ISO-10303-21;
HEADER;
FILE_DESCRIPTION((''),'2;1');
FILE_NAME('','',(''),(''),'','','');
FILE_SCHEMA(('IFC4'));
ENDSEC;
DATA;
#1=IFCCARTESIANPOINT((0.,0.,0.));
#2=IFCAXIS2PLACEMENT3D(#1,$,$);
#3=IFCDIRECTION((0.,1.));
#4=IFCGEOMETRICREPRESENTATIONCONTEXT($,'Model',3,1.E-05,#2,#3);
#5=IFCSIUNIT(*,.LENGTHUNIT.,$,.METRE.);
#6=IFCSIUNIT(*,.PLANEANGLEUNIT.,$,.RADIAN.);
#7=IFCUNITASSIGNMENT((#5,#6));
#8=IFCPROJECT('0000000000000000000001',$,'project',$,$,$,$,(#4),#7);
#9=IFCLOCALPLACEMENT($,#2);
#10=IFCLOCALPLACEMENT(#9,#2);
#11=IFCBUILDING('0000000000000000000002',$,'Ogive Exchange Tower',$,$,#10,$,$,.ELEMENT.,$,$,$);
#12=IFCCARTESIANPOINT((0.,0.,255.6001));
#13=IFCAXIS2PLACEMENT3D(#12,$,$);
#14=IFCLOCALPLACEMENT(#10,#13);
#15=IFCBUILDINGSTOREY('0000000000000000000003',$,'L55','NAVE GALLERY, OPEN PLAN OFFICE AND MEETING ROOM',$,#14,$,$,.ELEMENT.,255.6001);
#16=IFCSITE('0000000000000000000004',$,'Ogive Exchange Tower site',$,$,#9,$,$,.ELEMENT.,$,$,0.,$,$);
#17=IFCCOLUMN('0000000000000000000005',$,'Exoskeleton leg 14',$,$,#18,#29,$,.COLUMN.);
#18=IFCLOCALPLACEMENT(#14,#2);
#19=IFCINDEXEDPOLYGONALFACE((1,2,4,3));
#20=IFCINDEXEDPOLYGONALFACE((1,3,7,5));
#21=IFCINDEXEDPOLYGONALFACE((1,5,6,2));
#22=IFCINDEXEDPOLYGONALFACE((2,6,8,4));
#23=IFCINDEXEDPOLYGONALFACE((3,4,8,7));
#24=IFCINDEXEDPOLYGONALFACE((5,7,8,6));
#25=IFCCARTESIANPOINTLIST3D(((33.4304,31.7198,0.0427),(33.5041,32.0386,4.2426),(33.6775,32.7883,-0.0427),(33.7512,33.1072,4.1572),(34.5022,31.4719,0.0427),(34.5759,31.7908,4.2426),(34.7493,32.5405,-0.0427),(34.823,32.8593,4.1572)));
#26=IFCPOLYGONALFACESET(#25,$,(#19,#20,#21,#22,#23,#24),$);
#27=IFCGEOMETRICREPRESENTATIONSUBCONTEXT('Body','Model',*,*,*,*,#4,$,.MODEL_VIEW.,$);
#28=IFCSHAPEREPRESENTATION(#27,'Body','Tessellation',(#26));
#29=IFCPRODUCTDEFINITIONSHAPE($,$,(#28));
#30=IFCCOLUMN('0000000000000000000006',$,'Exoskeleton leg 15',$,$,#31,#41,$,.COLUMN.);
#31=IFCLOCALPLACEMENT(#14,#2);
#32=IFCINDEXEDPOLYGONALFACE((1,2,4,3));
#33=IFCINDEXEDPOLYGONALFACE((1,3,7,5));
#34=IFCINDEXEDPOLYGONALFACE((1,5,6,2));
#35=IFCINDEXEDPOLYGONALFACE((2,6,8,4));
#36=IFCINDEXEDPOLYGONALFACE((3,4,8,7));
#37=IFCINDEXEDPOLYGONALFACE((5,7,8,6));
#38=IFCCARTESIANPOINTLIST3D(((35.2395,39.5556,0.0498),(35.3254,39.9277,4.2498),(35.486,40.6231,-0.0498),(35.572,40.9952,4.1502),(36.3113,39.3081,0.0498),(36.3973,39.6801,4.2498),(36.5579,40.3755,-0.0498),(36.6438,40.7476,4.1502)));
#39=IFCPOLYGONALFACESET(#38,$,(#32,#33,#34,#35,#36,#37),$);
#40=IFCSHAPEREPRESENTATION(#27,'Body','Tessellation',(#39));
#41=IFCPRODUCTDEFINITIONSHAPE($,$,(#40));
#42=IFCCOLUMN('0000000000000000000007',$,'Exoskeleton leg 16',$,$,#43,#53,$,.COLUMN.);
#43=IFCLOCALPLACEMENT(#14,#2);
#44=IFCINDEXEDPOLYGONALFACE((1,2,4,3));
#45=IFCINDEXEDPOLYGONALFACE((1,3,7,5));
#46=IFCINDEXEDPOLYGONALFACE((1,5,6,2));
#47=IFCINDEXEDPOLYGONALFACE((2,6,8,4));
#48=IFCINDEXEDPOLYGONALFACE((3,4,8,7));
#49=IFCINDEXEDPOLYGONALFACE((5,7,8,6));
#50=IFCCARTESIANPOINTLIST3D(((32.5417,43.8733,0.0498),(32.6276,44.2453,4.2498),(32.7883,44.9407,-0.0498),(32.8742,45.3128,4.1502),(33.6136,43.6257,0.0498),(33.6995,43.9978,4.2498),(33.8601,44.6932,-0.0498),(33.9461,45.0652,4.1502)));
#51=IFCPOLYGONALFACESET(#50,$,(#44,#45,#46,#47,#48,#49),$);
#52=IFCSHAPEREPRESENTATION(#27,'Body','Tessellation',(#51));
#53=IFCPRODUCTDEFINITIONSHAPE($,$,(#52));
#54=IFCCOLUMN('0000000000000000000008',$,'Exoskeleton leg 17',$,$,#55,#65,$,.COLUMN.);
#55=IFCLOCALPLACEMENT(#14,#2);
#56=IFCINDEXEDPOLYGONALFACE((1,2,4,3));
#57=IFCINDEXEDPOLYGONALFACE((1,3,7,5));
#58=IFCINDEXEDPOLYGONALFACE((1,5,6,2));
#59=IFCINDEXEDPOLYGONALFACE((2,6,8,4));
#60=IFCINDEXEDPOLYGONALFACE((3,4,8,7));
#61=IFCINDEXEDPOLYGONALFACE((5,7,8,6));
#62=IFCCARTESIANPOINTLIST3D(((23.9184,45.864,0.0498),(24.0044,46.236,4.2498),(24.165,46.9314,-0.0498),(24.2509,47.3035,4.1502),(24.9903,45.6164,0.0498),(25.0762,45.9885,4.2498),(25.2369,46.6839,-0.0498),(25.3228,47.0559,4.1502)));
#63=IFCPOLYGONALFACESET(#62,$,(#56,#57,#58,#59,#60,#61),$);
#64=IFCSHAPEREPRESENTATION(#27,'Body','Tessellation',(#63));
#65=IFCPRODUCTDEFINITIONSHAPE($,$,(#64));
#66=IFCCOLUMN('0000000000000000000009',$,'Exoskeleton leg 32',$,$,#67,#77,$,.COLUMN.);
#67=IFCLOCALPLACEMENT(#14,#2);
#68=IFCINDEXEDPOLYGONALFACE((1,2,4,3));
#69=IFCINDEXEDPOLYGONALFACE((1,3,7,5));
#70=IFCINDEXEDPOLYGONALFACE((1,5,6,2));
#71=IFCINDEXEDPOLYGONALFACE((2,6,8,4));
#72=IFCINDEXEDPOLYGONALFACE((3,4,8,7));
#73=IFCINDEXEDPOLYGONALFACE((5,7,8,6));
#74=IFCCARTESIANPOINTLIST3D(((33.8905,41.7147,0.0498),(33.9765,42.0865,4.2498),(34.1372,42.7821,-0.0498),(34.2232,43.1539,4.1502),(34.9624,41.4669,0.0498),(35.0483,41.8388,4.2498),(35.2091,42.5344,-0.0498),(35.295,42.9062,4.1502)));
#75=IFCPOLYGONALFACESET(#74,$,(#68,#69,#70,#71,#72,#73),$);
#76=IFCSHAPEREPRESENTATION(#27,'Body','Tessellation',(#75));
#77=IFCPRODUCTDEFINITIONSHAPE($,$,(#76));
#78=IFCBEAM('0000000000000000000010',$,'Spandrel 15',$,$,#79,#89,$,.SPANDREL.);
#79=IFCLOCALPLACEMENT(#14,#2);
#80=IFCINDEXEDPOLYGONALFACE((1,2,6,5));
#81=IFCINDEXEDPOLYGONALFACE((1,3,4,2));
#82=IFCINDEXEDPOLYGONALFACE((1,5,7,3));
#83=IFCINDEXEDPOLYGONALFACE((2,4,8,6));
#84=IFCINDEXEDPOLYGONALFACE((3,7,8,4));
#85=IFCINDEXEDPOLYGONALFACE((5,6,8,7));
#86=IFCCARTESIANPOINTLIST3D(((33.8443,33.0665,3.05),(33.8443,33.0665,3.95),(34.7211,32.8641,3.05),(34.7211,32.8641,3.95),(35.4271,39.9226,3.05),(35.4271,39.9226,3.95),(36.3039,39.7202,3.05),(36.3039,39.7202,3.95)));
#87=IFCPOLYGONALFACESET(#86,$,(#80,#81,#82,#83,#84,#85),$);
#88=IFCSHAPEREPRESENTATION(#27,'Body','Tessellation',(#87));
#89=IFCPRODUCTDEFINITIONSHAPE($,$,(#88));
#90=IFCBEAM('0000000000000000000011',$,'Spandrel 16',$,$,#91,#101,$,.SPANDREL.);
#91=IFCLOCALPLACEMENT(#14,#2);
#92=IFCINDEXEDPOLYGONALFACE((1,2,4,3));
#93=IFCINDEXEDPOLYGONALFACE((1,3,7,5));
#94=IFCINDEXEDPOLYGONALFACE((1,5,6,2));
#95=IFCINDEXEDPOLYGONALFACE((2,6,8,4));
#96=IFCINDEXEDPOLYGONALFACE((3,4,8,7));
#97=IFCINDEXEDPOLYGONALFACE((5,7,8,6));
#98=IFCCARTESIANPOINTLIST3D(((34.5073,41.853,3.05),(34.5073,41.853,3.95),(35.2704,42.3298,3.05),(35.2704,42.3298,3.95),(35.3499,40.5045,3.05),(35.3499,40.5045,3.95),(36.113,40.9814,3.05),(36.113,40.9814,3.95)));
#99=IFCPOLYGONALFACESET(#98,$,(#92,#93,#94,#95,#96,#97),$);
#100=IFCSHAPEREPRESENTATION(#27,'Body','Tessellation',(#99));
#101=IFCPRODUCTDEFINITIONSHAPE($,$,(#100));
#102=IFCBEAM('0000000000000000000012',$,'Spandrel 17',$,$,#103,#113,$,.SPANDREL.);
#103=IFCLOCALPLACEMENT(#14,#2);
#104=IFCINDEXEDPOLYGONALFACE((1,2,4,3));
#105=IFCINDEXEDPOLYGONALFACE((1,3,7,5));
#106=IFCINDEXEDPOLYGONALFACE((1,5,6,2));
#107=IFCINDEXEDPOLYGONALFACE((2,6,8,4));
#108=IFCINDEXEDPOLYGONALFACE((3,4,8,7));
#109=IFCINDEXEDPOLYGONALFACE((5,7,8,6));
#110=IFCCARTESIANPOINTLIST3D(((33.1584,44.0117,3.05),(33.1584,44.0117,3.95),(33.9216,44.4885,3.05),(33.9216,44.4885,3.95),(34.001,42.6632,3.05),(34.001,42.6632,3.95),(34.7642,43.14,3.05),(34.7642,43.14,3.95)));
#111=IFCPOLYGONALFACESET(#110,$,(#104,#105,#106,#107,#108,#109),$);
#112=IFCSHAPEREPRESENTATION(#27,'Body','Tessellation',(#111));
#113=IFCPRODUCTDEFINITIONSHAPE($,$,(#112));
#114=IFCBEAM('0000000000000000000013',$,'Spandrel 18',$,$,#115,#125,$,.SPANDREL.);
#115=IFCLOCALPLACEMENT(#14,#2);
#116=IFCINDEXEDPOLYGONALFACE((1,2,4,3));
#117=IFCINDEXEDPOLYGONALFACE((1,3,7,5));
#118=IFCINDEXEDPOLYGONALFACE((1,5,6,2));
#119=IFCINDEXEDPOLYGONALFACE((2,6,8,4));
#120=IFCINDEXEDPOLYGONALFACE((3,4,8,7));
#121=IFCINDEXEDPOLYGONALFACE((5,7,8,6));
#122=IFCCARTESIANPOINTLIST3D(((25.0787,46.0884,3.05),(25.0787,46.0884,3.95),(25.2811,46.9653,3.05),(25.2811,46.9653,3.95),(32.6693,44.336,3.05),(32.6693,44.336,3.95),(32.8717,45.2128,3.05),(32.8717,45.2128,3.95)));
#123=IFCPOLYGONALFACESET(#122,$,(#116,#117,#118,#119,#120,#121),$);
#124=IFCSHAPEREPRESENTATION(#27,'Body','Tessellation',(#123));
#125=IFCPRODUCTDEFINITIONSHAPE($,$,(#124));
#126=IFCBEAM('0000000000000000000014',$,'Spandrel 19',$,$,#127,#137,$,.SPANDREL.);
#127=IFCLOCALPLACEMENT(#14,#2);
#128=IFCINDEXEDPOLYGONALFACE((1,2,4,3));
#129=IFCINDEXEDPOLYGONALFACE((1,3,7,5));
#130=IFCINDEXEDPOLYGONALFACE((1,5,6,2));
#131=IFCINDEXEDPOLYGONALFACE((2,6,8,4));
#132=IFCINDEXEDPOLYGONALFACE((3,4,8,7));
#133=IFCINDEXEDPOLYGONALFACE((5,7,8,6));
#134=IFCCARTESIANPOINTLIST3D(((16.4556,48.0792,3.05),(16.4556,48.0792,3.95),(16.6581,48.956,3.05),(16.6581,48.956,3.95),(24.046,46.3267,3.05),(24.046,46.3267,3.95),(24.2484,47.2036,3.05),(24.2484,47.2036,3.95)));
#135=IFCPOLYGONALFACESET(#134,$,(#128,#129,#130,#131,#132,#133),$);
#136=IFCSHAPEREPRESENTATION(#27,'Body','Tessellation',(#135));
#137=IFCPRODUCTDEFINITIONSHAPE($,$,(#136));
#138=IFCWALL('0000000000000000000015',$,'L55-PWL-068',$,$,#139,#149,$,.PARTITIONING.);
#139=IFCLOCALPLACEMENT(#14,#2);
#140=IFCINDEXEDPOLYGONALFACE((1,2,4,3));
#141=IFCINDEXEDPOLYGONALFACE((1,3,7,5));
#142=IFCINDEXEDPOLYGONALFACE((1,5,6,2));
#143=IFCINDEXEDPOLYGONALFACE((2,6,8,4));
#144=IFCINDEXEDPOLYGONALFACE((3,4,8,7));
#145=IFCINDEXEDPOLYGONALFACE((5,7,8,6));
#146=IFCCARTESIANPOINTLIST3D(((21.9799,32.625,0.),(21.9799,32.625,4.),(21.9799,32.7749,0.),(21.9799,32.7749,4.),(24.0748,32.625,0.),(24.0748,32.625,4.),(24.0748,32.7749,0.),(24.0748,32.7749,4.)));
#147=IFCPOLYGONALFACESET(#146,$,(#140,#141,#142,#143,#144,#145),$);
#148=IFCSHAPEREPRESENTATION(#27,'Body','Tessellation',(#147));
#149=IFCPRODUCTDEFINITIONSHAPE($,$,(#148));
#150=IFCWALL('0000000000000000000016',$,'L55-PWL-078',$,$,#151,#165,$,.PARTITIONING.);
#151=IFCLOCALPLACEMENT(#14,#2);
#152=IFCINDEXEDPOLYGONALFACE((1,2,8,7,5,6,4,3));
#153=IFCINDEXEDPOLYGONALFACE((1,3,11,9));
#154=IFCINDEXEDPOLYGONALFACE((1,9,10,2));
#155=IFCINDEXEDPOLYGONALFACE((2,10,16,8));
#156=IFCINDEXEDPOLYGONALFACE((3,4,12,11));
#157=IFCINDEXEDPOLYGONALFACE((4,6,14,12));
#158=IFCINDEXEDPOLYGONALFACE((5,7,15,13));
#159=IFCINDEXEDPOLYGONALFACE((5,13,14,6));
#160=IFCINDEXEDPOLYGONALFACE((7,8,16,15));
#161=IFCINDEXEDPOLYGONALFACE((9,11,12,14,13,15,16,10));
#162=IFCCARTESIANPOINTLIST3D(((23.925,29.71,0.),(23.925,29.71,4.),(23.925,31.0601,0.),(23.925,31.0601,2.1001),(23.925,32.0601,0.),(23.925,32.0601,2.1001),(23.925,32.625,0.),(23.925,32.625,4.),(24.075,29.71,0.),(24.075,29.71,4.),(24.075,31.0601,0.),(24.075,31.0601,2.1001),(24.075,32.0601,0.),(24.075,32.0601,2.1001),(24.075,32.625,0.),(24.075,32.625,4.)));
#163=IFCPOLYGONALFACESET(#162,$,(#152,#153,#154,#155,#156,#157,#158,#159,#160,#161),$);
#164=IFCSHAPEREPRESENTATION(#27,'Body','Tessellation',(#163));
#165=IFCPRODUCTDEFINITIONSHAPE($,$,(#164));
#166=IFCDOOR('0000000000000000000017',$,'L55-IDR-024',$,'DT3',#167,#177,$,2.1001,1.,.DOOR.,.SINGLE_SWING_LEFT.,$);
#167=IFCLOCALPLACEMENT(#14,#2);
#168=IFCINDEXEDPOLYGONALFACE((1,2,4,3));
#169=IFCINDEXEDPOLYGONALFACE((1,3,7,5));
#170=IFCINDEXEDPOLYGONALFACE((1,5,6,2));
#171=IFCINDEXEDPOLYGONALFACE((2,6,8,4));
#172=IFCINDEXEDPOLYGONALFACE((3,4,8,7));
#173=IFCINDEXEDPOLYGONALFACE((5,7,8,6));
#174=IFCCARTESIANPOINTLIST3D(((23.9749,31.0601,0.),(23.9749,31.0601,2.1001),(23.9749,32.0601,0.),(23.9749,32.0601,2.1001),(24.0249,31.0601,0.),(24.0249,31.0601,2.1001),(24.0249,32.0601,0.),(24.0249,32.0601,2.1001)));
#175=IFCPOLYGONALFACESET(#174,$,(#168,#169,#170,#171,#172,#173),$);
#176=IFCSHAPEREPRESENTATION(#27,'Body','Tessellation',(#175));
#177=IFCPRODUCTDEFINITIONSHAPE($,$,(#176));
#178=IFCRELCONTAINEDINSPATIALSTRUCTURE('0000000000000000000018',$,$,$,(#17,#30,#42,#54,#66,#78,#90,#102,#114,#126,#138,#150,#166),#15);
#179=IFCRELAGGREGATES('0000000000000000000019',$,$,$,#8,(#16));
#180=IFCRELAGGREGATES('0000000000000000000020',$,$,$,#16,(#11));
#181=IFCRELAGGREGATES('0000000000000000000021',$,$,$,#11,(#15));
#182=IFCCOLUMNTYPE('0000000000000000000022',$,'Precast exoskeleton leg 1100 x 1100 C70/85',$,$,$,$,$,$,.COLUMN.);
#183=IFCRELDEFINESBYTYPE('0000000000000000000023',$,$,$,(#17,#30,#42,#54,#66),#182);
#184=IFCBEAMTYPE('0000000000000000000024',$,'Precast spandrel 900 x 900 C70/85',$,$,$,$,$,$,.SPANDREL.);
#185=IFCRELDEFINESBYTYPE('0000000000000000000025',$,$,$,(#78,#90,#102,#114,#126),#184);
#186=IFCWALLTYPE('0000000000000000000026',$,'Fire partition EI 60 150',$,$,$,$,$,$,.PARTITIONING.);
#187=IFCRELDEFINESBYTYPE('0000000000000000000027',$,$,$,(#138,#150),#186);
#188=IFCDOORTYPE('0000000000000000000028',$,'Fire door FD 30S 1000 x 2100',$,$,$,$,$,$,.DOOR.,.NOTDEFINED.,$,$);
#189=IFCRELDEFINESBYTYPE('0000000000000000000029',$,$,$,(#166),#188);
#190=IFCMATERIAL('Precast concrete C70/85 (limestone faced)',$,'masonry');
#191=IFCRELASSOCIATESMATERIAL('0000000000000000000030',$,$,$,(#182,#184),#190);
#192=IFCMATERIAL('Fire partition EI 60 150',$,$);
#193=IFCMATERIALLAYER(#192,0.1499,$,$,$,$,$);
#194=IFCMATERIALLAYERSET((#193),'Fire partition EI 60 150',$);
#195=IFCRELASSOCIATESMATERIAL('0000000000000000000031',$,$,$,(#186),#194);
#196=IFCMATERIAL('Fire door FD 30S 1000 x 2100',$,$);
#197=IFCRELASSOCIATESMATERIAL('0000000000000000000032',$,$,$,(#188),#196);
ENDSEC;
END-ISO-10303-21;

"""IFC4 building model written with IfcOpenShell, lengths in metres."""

from ifc_helpers import new_model, si_unit, direction, frame, frame_2d, origin, origin_2d, place, context, subcontext, project, spatial, rectangle, extrude, material, layer, layer_set, material_profile, profile_set, type_object, element, fill, save


model = new_model("IFC4")

# Units and contexts
model_context = context("Model", 3, precision=1e-05, world=origin(), true_north=direction((0.0, 1.0)))
body_context = subcontext(model_context, "Body", "Model", "MODEL_VIEW")
ifc_project = project(units=[si_unit("LENGTHUNIT", "METRE"), si_unit("PLANEANGLEUNIT", "RADIAN")], contexts=[model_context])

# Site, building, storey
site_placement = place(None, origin())
site = spatial("IfcSite", under=ifc_project, at=site_placement, Name="Ogive Exchange Tower site", CompositionType="ELEMENT", RefElevation=0.0)
building_placement = place(site_placement, origin())
building = spatial("IfcBuilding", under=site, at=building_placement, Name="Ogive Exchange Tower", CompositionType="ELEMENT")
storey_placement = place(building_placement, frame((0.0, 0.0, 255.6001)))
storey = spatial("IfcBuildingStorey", under=building, at=storey_placement, Name="L55", Description="NAVE GALLERY, OPEN PLAN OFFICE AND MEETING ROOM", CompositionType="ELEMENT", Elevation=255.6001)

# Columns
ifc_material_1 = material(Name="Precast concrete C70/85 (limestone faced)", Category="masonry")
ifc_material_profile_1 = material_profile(ifc_material_1, rectangle(XDim=1.1001, YDim=1.1001, at=origin_2d()), Name="1100 x 1100")
ifc_profile_set_1 = profile_set([ifc_material_profile_1], Name="Precast concrete C70/85 (limestone faced)")
column_type = type_object("IfcColumnType", Name="Precast exoskeleton leg 1100 x 1100 C70/85", PredefinedType="COLUMN", material=ifc_profile_set_1)
column_placement = place(storey_placement, frame((34.0898, 32.1301, 0.0), z_axis=(0.017502, 0.075688, 0.996978), x_axis=(-0.974291, 0.225295, 0.0)))
element("IfcColumn", 1, at=column_placement, inside=storey, type_object=column_type, Name="Exoskeleton leg 14", PredefinedType="COLUMN", context=body_context, shape_type="SweptSolid", body=[
    extrude(rectangle(XDim=1.1001, YDim=1.1001, at=origin_2d()), origin(), (0.0, 0.0, 1.0), 4.2126),
])
for number, where, z_axis, x_axis, name in (
    (2, (35.8987, 39.9656, 0.0), (0.020377, 0.088225, 0.995892), (-0.974348, 0.225046, 0.0), "Exoskeleton leg 15"),
    (3, (33.2009, 44.2832, 0.0), (0.020377, 0.088225, 0.995892), (-0.974348, 0.225046, 0.0), "Exoskeleton leg 16"),
    (4, (24.5776, 46.2739, 0.0), (0.020377, 0.088225, 0.995892), (-0.974348, 0.225046, 0.0), "Exoskeleton leg 17"),
    (5, (34.5498, 42.1245, 0.0), (0.020378, 0.088168, 0.995897), (-0.974316, 0.225187, 0.0), "Exoskeleton leg 32"),
):
    element("IfcColumn", number, at=place(storey_placement, frame(where, z_axis=z_axis, x_axis=x_axis)), inside=storey, type_object=column_type, Name=name, PredefinedType="COLUMN", context=body_context, shape_type="SweptSolid", body=[
        extrude(rectangle(XDim=1.1001, YDim=1.1001, at=origin_2d()), origin(), (0.0, 0.0, 1.0), 4.2173),
    ])

# Beams
ifc_material_profile_2 = material_profile(ifc_material_1, rectangle(XDim=0.8999, YDim=0.8999, at=origin_2d()), Name="900 x 900")
ifc_profile_set_2 = profile_set([ifc_material_profile_2], Name="Precast concrete C70/85 (limestone faced)")
beam_type = type_object("IfcBeamType", Name="Precast spandrel 900 x 900 C70/85", PredefinedType="SPANDREL", material=ifc_profile_set_2)
beam_1_placement = place(storey_placement, frame((34.2827, 32.9653, 3.5), z_axis=(0.224943, 0.974372, 0.0), x_axis=(-0.974372, 0.224943, 0.0)))
element("IfcBeam", 6, at=beam_1_placement, inside=storey, type_object=beam_type, Name="Spandrel 15", PredefinedType="SPANDREL", context=body_context, shape_type="SweptSolid", body=[
    extrude(rectangle(XDim=0.8999, YDim=0.8999, at=origin_2d()), origin(), (0.0, 0.0, 1.0), 7.0364),
])
for number, where, z_axis, x_axis, name in (
    (7, (35.7314, 40.7429, 3.5), (-0.529902, 0.848059, 0.0), (-0.848059, -0.529902, 0.0), "Spandrel 16"),
    (8, (34.3826, 42.9016, 3.5), (-0.529902, 0.848059, 0.0), (-0.848059, -0.529902, 0.0), "Spandrel 17"),
):
    element("IfcBeam", number, at=place(storey_placement, frame(where, z_axis=z_axis, x_axis=x_axis)), inside=storey, type_object=beam_type, Name=name, PredefinedType="SPANDREL", context=body_context, shape_type="SweptSolid", body=[
        extrude(rectangle(XDim=0.8999, YDim=0.8999, at=origin_2d()), origin(), (0.0, 0.0, 1.0), 1.5901),
    ])
beam_2_placement = place(storey_placement, frame((32.7705, 44.7744, 3.5), z_axis=(-0.97437, 0.224953, 0.0), x_axis=(-0.224953, -0.97437, 0.0)))
element("IfcBeam", 9, at=beam_2_placement, inside=storey, type_object=beam_type, Name="Spandrel 18", PredefinedType="SPANDREL", context=body_context, shape_type="SweptSolid", body=[
    extrude(rectangle(XDim=0.8999, YDim=0.8999, at=origin_2d()), origin(), (0.0, 0.0, 1.0), 7.7903),
])
beam_3_placement = place(storey_placement, frame((24.1472, 46.7651, 3.5), z_axis=(-0.974368, 0.22496, 0.0), x_axis=(-0.22496, -0.974368, 0.0)))
element("IfcBeam", 10, at=beam_3_placement, inside=storey, type_object=beam_type, Name="Spandrel 19", PredefinedType="SPANDREL", context=body_context, shape_type="SweptSolid", body=[
    extrude(rectangle(XDim=0.8999, YDim=0.8999, at=origin_2d()), origin(), (0.0, 0.0, 1.0), 7.79),
])

# Wall
ifc_material_2 = material(Name="Fire partition EI 60 150")
ifc_layer_1 = layer(ifc_material_2, 0.1499)
ifc_layer_set_1 = layer_set([ifc_layer_1], Name="Fire partition EI 60 150")
wall_type_1 = type_object("IfcWallType", Name="Fire partition EI 60 150", PredefinedType="PARTITIONING", material=ifc_layer_set_1)
wall_1_placement = place(storey_placement, frame((21.98, 32.7, 0.0), z_axis=(0.0, 0.0, 1.0), x_axis=(1.0, 0.0, 0.0)))
element("IfcWall", 11, at=wall_1_placement, inside=storey, type_object=wall_type_1, Name="L55-PWL-068", PredefinedType="PARTITIONING", context=body_context, shape_type="SweptSolid", body=[
    extrude(rectangle(XDim=2.095, YDim=0.1499, at=frame_2d((1.0474, 0.0))), origin(), (0.0, 0.0, 1.0), 4.0),
])

# Wall, opening, door
wall_2_placement = place(storey_placement, frame((24.0, 32.625, 0.0), z_axis=(0.0, 0.0, 1.0), x_axis=(0.0, -1.0, 0.0)))
wall_2 = element("IfcWall", 12, at=wall_2_placement, inside=storey, type_object=wall_type_1, Name="L55-PWL-078", PredefinedType="PARTITIONING", context=body_context, shape_type="SweptSolid", body=[
    extrude(rectangle(XDim=2.915, YDim=0.1499, at=frame_2d((1.4575, 0.0))), origin(), (0.0, 0.0, 1.0), 4.0),
])
opening_1_placement = place(wall_2_placement, frame((0.5649, 0.0, 0.0)))
opening_1 = element("IfcOpeningElement", 13, at=opening_1_placement, cuts=wall_2, PredefinedType="OPENING", context=body_context, shape_type="SweptSolid", body=[
    extrude(rectangle(XDim=1.0, YDim=2.1001, at=frame_2d((0.5, 1.05))), frame((0.0, 0.085, 0.0), z_axis=(0.0, -1.0, 0.0), x_axis=(1.0, 0.0, 0.0)), (0.0, 0.0, 1.0), 0.1699),
])
ifc_material_3 = material(Name="Fire door FD 30S 1000 x 2100")
door_type_1 = type_object("IfcDoorType", Name="Fire door FD 30S 1000 x 2100", OperationType="NOTDEFINED", PredefinedType="DOOR", material=ifc_material_3)
door_1_placement = place(opening_1_placement, origin())
door_1 = element("IfcDoor", 14, at=door_1_placement, inside=storey, type_object=door_type_1, Name="L55-IDR-024", ObjectType="DT3", OperationType="SINGLE_SWING_LEFT", OverallHeight=2.1001, OverallWidth=1.0, PredefinedType="DOOR", context=body_context, shape_type="SweptSolid", body=[
    extrude(rectangle(XDim=1.0, YDim=2.1001, at=frame_2d((0.5, 1.05))), frame((0.0, 0.0249, 0.0), z_axis=(0.0, -1.0, 0.0), x_axis=(1.0, 0.0, 0.0)), (0.0, 0.0, 1.0), 0.05),
])
fill(opening_1, door_1)

save(model, "model.ifc")
